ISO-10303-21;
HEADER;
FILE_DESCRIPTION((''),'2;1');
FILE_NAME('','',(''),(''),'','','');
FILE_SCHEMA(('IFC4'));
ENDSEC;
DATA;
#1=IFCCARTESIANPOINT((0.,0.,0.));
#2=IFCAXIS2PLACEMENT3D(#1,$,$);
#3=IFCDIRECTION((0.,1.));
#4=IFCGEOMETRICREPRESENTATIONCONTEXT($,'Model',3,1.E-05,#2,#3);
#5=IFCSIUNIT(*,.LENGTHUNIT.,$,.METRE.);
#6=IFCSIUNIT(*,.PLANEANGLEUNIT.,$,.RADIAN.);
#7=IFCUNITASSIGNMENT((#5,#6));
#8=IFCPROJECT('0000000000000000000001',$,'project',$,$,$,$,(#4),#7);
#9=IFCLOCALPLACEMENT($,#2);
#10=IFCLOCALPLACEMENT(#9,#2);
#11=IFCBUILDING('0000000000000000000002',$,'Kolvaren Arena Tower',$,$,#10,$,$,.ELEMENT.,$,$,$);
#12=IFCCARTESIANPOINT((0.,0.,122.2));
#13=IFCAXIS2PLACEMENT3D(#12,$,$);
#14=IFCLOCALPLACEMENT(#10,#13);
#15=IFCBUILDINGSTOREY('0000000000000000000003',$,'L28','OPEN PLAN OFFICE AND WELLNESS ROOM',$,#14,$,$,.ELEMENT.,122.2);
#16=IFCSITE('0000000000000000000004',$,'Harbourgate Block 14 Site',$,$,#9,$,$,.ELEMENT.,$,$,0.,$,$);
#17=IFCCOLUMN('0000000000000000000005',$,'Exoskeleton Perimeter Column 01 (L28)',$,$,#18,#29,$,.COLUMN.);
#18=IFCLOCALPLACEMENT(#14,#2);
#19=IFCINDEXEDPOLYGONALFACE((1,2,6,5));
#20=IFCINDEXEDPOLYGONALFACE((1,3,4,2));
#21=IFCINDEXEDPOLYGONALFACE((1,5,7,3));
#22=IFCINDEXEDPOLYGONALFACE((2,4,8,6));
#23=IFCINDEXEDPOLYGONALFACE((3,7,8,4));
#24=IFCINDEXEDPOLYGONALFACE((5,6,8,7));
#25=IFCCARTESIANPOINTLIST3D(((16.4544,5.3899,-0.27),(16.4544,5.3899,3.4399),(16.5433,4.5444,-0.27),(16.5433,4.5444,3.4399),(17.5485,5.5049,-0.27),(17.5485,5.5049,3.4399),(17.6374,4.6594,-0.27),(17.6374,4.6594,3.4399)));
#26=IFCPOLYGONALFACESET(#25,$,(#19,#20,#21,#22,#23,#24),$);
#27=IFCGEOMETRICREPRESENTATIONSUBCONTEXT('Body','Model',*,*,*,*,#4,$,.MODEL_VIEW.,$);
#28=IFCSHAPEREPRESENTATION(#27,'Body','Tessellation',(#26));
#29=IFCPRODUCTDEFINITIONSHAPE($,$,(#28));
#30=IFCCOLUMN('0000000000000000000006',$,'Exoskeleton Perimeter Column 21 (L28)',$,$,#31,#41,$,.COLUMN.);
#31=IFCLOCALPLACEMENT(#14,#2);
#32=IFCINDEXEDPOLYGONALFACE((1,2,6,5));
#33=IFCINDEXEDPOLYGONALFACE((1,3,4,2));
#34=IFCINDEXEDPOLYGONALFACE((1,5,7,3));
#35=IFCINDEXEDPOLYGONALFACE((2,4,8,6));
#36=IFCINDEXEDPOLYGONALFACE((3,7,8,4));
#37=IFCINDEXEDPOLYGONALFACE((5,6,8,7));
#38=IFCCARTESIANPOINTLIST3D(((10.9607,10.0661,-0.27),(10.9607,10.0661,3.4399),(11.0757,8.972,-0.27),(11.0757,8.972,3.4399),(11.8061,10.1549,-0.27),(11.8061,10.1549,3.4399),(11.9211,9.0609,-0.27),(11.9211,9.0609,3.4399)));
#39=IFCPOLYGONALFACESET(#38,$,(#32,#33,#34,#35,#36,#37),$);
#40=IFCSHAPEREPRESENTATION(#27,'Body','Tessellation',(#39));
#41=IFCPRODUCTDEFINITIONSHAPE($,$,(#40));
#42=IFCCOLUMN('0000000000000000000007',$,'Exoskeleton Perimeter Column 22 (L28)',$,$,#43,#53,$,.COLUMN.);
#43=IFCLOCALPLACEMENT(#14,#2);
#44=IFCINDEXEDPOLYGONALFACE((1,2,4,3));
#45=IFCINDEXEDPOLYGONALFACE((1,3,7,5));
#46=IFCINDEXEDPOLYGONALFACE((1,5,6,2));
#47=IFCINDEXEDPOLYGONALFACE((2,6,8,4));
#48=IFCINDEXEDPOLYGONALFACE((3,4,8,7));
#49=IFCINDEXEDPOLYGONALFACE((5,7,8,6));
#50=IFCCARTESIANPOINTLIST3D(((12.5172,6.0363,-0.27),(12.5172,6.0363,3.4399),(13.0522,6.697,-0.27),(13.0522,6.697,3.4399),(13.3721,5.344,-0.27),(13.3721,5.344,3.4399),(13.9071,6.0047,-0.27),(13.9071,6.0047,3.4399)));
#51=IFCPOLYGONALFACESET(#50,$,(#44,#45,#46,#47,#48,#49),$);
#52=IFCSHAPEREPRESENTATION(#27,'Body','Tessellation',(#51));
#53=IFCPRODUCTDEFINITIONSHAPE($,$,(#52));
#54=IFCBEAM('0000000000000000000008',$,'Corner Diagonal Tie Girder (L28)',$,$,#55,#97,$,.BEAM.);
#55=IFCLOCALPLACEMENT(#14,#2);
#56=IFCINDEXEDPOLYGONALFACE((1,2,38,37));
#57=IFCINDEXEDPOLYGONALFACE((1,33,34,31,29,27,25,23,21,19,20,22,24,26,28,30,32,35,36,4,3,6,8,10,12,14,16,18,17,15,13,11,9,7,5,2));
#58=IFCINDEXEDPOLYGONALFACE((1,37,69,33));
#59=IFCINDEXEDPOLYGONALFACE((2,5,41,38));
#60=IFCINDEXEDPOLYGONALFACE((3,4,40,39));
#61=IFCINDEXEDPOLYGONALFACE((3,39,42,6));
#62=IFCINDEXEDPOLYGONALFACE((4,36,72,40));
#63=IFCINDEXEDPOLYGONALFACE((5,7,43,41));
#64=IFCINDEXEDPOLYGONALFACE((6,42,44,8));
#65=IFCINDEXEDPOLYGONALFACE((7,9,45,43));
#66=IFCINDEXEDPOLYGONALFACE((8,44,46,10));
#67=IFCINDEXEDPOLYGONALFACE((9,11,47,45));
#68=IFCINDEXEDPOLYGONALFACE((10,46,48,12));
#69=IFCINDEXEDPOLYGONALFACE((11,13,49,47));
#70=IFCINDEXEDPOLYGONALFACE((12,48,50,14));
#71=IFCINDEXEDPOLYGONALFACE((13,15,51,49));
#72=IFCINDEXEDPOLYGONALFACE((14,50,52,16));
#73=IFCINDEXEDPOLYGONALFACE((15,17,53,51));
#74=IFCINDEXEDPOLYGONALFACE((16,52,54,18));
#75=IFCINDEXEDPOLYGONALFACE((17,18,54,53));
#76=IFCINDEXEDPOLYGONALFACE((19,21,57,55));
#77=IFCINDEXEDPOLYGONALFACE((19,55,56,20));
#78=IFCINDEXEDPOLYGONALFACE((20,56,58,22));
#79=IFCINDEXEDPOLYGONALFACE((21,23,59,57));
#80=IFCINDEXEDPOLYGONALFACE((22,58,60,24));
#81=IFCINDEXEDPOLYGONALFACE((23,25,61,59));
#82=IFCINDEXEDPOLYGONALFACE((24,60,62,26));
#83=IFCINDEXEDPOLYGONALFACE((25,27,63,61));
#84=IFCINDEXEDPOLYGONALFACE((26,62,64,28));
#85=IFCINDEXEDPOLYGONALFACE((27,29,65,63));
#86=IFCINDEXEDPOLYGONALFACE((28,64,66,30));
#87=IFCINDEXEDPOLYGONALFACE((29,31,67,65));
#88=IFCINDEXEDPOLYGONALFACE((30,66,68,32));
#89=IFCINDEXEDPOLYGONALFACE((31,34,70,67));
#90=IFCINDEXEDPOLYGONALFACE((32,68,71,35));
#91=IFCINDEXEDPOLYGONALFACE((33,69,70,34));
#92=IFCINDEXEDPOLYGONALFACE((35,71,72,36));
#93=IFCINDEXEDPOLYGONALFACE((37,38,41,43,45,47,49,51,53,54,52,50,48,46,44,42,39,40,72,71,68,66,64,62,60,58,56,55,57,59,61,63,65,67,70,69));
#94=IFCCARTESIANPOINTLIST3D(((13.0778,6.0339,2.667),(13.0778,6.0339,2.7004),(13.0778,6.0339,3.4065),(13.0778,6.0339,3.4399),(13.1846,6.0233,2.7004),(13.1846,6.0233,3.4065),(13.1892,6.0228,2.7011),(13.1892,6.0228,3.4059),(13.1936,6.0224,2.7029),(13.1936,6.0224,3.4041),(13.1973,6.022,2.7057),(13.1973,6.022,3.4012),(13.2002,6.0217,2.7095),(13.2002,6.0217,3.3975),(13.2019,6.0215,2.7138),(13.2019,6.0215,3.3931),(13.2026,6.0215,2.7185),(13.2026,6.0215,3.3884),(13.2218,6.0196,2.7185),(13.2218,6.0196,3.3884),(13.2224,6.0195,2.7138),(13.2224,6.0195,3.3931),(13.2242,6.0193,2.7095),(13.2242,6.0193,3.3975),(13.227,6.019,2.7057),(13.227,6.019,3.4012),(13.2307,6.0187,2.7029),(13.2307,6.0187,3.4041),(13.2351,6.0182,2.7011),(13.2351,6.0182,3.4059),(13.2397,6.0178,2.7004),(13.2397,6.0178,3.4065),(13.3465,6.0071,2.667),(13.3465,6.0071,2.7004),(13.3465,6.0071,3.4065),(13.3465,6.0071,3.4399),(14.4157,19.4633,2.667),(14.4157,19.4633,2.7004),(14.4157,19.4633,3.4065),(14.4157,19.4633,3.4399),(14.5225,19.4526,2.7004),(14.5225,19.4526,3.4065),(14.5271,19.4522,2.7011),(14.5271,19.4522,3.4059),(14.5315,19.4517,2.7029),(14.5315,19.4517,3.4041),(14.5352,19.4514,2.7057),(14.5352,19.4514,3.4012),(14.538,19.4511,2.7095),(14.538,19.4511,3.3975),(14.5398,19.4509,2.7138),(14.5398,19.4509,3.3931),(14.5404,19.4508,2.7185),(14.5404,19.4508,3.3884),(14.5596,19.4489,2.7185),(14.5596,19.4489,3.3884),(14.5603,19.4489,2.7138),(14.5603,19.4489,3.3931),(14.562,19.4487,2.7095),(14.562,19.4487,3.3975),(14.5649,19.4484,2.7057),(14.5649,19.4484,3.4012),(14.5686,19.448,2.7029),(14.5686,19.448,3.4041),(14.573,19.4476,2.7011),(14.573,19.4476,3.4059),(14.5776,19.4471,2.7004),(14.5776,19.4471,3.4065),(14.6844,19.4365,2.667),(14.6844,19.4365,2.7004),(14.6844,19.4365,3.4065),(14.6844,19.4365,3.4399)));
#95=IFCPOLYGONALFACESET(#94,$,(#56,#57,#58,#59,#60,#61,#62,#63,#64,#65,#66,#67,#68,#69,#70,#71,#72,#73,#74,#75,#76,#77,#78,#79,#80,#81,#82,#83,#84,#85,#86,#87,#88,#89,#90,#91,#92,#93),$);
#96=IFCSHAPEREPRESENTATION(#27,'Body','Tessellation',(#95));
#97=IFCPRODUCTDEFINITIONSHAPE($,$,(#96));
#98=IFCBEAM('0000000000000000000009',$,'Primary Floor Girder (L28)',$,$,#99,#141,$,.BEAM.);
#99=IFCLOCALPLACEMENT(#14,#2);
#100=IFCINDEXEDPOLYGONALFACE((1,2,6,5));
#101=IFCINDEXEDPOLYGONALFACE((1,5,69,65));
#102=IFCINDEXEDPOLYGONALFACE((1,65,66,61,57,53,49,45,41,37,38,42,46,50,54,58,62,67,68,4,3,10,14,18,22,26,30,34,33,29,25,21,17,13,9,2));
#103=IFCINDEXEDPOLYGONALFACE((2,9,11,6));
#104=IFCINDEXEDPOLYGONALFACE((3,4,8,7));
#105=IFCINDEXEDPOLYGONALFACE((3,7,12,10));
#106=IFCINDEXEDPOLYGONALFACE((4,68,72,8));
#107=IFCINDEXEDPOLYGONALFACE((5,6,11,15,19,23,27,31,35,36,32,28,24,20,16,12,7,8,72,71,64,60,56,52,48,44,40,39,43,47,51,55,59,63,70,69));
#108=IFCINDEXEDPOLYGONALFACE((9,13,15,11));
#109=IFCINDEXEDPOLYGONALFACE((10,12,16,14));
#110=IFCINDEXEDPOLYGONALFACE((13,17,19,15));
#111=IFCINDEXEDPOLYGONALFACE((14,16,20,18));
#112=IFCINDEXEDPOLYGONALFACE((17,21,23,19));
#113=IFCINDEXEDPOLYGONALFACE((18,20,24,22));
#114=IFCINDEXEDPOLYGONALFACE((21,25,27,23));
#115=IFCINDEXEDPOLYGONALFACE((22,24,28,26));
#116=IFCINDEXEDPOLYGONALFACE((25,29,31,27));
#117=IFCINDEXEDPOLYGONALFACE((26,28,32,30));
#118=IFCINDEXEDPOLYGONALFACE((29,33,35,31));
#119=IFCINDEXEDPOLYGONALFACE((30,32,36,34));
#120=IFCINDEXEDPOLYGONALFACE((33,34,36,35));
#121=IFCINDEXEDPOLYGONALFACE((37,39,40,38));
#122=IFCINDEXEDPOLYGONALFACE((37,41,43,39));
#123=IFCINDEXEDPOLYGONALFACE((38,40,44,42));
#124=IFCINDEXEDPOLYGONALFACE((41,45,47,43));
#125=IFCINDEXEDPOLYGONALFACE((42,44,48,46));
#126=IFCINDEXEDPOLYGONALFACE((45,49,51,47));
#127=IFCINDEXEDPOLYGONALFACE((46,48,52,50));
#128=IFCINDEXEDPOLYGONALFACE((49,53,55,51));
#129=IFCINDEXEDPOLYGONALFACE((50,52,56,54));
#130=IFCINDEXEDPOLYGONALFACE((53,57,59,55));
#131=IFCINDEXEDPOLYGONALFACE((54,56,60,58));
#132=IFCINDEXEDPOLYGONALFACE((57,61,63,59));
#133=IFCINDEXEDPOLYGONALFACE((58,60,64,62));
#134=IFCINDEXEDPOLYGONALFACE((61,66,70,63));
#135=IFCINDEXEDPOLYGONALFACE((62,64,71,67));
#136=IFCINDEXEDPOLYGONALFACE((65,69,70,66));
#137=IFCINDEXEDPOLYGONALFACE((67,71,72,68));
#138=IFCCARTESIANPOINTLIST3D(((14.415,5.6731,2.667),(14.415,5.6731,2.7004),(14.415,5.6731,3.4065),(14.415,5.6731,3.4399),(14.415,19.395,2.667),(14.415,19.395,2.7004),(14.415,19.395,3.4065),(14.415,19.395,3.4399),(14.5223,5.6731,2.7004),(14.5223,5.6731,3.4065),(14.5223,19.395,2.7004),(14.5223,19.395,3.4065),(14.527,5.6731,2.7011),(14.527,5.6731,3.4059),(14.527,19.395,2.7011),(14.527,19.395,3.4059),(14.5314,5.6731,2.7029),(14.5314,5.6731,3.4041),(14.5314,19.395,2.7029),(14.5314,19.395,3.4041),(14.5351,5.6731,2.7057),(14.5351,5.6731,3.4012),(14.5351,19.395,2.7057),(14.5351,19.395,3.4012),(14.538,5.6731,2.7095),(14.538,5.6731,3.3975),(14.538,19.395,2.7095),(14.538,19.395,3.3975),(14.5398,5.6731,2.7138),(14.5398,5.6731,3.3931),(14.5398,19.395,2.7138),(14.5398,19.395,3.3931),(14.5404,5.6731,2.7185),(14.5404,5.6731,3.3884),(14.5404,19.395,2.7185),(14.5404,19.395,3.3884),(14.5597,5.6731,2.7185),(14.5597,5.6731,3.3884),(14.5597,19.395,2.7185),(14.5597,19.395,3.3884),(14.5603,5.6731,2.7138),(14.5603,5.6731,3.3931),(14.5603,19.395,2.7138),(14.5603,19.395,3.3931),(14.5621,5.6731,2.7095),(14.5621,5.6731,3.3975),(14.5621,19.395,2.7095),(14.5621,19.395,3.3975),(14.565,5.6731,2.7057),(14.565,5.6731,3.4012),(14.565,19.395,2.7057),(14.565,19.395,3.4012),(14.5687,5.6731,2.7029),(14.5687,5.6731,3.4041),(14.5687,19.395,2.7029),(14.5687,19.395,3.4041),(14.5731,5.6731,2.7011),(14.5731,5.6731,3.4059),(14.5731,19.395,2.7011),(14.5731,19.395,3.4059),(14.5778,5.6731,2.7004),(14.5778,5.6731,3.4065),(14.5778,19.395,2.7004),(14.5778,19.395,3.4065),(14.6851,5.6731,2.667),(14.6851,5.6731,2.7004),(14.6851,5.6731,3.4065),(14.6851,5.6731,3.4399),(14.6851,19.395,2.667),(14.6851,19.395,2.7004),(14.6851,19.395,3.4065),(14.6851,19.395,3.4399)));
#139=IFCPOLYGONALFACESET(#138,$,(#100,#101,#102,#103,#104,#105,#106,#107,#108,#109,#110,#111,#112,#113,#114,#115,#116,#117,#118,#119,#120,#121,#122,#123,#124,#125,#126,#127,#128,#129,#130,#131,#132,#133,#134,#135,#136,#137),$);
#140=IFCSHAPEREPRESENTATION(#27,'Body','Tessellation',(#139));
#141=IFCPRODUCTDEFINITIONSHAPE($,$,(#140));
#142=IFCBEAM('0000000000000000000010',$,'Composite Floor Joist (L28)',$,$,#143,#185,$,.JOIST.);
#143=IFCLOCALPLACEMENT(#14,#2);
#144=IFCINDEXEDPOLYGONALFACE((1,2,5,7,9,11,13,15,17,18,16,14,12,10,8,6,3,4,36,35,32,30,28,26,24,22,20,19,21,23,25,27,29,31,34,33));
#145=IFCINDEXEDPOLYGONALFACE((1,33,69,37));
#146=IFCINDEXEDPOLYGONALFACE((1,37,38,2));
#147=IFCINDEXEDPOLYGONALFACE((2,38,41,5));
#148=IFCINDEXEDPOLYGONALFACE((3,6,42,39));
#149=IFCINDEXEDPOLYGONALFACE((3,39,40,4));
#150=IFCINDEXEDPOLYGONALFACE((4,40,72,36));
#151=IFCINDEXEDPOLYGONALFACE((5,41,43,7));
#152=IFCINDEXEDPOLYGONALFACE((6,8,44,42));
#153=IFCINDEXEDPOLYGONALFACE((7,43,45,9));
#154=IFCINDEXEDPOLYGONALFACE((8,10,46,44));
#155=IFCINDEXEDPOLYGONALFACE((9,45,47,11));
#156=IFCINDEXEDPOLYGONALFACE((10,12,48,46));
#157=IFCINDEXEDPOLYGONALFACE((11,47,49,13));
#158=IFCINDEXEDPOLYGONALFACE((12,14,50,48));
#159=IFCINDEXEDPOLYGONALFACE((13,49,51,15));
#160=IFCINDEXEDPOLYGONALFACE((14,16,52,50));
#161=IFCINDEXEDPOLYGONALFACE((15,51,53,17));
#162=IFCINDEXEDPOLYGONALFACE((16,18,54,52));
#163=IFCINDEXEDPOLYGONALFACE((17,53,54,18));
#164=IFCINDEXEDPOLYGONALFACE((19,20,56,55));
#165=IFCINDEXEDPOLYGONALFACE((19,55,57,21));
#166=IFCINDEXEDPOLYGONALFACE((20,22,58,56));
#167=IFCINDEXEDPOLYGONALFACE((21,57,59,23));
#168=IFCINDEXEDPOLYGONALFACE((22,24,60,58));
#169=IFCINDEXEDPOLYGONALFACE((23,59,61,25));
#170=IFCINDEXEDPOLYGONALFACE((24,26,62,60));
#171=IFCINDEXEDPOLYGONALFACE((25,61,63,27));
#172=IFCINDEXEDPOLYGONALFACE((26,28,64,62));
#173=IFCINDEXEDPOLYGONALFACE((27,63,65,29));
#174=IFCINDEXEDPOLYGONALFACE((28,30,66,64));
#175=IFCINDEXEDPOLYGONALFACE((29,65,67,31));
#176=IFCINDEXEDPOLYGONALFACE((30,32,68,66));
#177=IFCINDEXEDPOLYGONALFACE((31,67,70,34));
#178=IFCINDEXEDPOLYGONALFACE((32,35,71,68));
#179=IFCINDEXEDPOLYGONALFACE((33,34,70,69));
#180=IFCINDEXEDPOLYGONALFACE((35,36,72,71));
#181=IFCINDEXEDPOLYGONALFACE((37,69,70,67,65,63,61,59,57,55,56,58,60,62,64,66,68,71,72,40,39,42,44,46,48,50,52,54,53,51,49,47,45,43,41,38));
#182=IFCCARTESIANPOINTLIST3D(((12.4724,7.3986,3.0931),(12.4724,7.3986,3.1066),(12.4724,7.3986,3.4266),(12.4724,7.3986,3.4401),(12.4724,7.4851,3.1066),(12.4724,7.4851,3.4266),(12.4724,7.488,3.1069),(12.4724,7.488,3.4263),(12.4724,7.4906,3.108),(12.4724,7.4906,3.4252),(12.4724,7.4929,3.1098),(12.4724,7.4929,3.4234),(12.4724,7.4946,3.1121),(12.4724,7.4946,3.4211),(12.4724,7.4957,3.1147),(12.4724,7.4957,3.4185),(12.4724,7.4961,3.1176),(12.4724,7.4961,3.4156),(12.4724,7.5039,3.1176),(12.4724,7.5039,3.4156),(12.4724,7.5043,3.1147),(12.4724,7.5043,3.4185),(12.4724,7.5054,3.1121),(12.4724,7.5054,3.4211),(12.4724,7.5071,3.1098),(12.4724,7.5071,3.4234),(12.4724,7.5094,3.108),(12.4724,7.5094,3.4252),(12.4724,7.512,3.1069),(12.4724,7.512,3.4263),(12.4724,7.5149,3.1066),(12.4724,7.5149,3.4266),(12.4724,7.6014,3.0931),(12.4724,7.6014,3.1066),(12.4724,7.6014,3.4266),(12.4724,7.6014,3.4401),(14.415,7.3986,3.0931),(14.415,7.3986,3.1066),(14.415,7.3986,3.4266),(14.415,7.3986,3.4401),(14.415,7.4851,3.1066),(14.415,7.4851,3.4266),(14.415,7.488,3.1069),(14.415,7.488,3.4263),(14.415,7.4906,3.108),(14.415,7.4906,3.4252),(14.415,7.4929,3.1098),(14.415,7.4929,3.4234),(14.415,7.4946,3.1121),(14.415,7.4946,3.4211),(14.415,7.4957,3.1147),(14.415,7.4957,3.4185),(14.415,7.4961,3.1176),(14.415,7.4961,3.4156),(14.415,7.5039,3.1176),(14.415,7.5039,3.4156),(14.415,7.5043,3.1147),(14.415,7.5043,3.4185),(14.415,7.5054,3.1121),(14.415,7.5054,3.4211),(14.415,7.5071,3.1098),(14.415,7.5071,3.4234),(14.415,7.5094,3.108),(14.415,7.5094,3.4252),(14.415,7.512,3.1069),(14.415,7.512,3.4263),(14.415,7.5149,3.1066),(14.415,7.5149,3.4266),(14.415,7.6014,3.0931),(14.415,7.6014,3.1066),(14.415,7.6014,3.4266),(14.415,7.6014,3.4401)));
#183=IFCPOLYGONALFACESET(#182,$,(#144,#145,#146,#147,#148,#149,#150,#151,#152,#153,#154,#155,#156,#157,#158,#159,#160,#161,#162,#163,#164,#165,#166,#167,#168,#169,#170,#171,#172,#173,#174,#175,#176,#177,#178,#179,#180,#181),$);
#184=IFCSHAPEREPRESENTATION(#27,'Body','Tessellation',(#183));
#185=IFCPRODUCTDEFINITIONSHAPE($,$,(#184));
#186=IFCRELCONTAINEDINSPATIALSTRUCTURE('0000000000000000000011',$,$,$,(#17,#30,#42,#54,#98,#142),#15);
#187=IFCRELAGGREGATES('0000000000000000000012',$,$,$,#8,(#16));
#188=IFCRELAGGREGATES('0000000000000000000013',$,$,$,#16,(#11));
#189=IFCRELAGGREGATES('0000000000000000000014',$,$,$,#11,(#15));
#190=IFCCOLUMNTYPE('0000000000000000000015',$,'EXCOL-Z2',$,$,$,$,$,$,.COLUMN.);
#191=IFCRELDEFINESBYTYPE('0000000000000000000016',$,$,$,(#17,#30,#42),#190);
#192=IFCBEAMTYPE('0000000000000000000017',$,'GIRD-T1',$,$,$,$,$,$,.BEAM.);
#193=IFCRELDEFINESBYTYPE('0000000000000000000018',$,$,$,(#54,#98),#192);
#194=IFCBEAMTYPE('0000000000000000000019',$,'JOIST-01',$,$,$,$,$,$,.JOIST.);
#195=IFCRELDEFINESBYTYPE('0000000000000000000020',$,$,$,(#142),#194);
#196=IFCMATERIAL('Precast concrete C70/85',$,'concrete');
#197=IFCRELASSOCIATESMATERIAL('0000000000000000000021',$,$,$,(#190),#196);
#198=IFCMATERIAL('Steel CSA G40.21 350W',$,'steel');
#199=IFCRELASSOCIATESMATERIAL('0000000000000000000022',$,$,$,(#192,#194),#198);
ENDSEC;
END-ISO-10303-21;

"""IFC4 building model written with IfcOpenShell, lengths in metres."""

from ifc_helpers import new_model, si_unit, direction, frame, origin, origin_2d, place, context, subcontext, project, spatial, rectangle, i_section, extrude, material, material_profile, profile_set, type_object, element, save


model = new_model("IFC4")

# Units and contexts
model_context = context("Model", 3, precision=1e-05, world=origin(), true_north=direction((0.0, 1.0)))
body_context = subcontext(model_context, "Body", "Model", "MODEL_VIEW")
ifc_project = project(units=[si_unit("LENGTHUNIT", "METRE"), si_unit("PLANEANGLEUNIT", "RADIAN")], contexts=[model_context])

# Site, building, storey
site_placement = place(None, origin())
site = spatial("IfcSite", under=ifc_project, at=site_placement, Name="Harbourgate Block 14 Site", CompositionType="ELEMENT", RefElevation=0.0)
building_placement = place(site_placement, origin())
building = spatial("IfcBuilding", under=site, at=building_placement, Name="Kolvaren Arena Tower", CompositionType="ELEMENT")
storey_placement = place(building_placement, frame((0.0, 0.0, 122.2)))
storey = spatial("IfcBuildingStorey", under=building, at=storey_placement, Name="L28", Description="OPEN PLAN OFFICE AND WELLNESS ROOM", CompositionType="ELEMENT", Elevation=122.2)

# Columns
ifc_material_1 = material(Name="Precast concrete C70/85", Category="concrete")
ifc_material_profile_1 = material_profile(ifc_material_1, rectangle(XDim=1.1001, YDim=0.8501, at=origin_2d()), Name="RC-1100x850")
ifc_profile_set_1 = profile_set([ifc_material_profile_1], Name="Precast concrete C70/85")
column_type = type_object("IfcColumnType", Name="EXCOL-Z2", PredefinedType="COLUMN", material=ifc_profile_set_1)
for number, where, z_axis, x_axis, name in (
    (1, (17.0459, 5.0247, -0.27), (0.0, 0.0, 1.0), (0.994522, 0.104528, 0.0), "Exoskeleton Perimeter Column 01 (L28)"),
    (2, (11.4409, 9.5635, -0.27), (0.0, 0.0, 1.0), (-0.104528, 0.994522, 0.0), "Exoskeleton Perimeter Column 21 (L28)"),
    (3, (13.2122, 6.0205, -0.27), (0.0, 0.0, 1.0), (-0.777146, 0.62932, 0.0), "Exoskeleton Perimeter Column 22 (L28)"),
):
    element("IfcColumn", number, at=place(storey_placement, frame(where, z_axis=z_axis, x_axis=x_axis)), inside=storey, type_object=column_type, Name=name, PredefinedType="COLUMN", context=body_context, shape_type="SweptSolid", body=[
        extrude(rectangle(XDim=1.1001, YDim=0.8501, at=origin_2d()), origin(), (0.0, 0.0, 1.0), 3.71),
    ])

# Beams
ifc_material_2 = material(Name="Steel CSA G40.21 350W", Category="steel")
ifc_material_profile_2 = material_profile(ifc_material_2, i_section(OverallWidth=0.27, OverallDepth=0.7729, WebThickness=0.0193, FlangeThickness=0.0334, FilletRadius=0.0181, at=origin_2d()), Name="W760x257")
ifc_profile_set_2 = profile_set([ifc_material_profile_2], Name="Steel CSA G40.21 350W")
beam_type_1 = type_object("IfcBeamType", Name="GIRD-T1", PredefinedType="BEAM", material=ifc_profile_set_2)
beam_1_placement = place(storey_placement, frame((13.2122, 6.0205, 3.0535), z_axis=(0.099133, 0.995074, 0.0), x_axis=(-0.995074, 0.099133, 0.0)))
element("IfcBeam", 4, at=beam_1_placement, inside=storey, type_object=beam_type_1, Name="Corner Diagonal Tie Girder (L28)", PredefinedType="BEAM", context=body_context, shape_type="SweptSolid", body=[
    extrude(i_section(OverallWidth=0.27, OverallDepth=0.7729, WebThickness=0.0193, FlangeThickness=0.0334, FilletRadius=0.0181, at=origin_2d()), origin(), (0.0, 0.0, 1.0), 13.4958),
])
beam_2_placement = place(storey_placement, frame((14.55, 5.6731, 3.0535), z_axis=(0.0, 1.0, 0.0), x_axis=(-1.0, 0.0, 0.0)))
element("IfcBeam", 5, at=beam_2_placement, inside=storey, type_object=beam_type_1, Name="Primary Floor Girder (L28)", PredefinedType="BEAM", context=body_context, shape_type="SweptSolid", body=[
    extrude(i_section(OverallWidth=0.27, OverallDepth=0.7729, WebThickness=0.0193, FlangeThickness=0.0334, FilletRadius=0.0181, at=origin_2d()), origin(), (0.0, 0.0, 1.0), 13.7219),
])
ifc_material_profile_3 = material_profile(ifc_material_2, i_section(OverallWidth=0.2029, OverallDepth=0.3469, WebThickness=0.0078, FlangeThickness=0.0134, FilletRadius=0.011, at=origin_2d()), Name="W360x64")
ifc_profile_set_3 = profile_set([ifc_material_profile_3], Name="Steel CSA G40.21 350W")
beam_type_2 = type_object("IfcBeamType", Name="JOIST-01", PredefinedType="JOIST", material=ifc_profile_set_3)
beam_3_placement = place(storey_placement, frame((12.4724, 7.5, 3.2666), z_axis=(1.0, 0.0, 0.0), x_axis=(0.0, 1.0, 0.0)))
element("IfcBeam", 6, at=beam_3_placement, inside=storey, type_object=beam_type_2, Name="Composite Floor Joist (L28)", PredefinedType="JOIST", context=body_context, shape_type="SweptSolid", body=[
    extrude(i_section(OverallWidth=0.2029, OverallDepth=0.3469, WebThickness=0.0078, FlangeThickness=0.0134, FilletRadius=0.011, at=origin_2d()), origin(), (0.0, 0.0, 1.0), 1.9426),
])

save(model, "model.ifc")
